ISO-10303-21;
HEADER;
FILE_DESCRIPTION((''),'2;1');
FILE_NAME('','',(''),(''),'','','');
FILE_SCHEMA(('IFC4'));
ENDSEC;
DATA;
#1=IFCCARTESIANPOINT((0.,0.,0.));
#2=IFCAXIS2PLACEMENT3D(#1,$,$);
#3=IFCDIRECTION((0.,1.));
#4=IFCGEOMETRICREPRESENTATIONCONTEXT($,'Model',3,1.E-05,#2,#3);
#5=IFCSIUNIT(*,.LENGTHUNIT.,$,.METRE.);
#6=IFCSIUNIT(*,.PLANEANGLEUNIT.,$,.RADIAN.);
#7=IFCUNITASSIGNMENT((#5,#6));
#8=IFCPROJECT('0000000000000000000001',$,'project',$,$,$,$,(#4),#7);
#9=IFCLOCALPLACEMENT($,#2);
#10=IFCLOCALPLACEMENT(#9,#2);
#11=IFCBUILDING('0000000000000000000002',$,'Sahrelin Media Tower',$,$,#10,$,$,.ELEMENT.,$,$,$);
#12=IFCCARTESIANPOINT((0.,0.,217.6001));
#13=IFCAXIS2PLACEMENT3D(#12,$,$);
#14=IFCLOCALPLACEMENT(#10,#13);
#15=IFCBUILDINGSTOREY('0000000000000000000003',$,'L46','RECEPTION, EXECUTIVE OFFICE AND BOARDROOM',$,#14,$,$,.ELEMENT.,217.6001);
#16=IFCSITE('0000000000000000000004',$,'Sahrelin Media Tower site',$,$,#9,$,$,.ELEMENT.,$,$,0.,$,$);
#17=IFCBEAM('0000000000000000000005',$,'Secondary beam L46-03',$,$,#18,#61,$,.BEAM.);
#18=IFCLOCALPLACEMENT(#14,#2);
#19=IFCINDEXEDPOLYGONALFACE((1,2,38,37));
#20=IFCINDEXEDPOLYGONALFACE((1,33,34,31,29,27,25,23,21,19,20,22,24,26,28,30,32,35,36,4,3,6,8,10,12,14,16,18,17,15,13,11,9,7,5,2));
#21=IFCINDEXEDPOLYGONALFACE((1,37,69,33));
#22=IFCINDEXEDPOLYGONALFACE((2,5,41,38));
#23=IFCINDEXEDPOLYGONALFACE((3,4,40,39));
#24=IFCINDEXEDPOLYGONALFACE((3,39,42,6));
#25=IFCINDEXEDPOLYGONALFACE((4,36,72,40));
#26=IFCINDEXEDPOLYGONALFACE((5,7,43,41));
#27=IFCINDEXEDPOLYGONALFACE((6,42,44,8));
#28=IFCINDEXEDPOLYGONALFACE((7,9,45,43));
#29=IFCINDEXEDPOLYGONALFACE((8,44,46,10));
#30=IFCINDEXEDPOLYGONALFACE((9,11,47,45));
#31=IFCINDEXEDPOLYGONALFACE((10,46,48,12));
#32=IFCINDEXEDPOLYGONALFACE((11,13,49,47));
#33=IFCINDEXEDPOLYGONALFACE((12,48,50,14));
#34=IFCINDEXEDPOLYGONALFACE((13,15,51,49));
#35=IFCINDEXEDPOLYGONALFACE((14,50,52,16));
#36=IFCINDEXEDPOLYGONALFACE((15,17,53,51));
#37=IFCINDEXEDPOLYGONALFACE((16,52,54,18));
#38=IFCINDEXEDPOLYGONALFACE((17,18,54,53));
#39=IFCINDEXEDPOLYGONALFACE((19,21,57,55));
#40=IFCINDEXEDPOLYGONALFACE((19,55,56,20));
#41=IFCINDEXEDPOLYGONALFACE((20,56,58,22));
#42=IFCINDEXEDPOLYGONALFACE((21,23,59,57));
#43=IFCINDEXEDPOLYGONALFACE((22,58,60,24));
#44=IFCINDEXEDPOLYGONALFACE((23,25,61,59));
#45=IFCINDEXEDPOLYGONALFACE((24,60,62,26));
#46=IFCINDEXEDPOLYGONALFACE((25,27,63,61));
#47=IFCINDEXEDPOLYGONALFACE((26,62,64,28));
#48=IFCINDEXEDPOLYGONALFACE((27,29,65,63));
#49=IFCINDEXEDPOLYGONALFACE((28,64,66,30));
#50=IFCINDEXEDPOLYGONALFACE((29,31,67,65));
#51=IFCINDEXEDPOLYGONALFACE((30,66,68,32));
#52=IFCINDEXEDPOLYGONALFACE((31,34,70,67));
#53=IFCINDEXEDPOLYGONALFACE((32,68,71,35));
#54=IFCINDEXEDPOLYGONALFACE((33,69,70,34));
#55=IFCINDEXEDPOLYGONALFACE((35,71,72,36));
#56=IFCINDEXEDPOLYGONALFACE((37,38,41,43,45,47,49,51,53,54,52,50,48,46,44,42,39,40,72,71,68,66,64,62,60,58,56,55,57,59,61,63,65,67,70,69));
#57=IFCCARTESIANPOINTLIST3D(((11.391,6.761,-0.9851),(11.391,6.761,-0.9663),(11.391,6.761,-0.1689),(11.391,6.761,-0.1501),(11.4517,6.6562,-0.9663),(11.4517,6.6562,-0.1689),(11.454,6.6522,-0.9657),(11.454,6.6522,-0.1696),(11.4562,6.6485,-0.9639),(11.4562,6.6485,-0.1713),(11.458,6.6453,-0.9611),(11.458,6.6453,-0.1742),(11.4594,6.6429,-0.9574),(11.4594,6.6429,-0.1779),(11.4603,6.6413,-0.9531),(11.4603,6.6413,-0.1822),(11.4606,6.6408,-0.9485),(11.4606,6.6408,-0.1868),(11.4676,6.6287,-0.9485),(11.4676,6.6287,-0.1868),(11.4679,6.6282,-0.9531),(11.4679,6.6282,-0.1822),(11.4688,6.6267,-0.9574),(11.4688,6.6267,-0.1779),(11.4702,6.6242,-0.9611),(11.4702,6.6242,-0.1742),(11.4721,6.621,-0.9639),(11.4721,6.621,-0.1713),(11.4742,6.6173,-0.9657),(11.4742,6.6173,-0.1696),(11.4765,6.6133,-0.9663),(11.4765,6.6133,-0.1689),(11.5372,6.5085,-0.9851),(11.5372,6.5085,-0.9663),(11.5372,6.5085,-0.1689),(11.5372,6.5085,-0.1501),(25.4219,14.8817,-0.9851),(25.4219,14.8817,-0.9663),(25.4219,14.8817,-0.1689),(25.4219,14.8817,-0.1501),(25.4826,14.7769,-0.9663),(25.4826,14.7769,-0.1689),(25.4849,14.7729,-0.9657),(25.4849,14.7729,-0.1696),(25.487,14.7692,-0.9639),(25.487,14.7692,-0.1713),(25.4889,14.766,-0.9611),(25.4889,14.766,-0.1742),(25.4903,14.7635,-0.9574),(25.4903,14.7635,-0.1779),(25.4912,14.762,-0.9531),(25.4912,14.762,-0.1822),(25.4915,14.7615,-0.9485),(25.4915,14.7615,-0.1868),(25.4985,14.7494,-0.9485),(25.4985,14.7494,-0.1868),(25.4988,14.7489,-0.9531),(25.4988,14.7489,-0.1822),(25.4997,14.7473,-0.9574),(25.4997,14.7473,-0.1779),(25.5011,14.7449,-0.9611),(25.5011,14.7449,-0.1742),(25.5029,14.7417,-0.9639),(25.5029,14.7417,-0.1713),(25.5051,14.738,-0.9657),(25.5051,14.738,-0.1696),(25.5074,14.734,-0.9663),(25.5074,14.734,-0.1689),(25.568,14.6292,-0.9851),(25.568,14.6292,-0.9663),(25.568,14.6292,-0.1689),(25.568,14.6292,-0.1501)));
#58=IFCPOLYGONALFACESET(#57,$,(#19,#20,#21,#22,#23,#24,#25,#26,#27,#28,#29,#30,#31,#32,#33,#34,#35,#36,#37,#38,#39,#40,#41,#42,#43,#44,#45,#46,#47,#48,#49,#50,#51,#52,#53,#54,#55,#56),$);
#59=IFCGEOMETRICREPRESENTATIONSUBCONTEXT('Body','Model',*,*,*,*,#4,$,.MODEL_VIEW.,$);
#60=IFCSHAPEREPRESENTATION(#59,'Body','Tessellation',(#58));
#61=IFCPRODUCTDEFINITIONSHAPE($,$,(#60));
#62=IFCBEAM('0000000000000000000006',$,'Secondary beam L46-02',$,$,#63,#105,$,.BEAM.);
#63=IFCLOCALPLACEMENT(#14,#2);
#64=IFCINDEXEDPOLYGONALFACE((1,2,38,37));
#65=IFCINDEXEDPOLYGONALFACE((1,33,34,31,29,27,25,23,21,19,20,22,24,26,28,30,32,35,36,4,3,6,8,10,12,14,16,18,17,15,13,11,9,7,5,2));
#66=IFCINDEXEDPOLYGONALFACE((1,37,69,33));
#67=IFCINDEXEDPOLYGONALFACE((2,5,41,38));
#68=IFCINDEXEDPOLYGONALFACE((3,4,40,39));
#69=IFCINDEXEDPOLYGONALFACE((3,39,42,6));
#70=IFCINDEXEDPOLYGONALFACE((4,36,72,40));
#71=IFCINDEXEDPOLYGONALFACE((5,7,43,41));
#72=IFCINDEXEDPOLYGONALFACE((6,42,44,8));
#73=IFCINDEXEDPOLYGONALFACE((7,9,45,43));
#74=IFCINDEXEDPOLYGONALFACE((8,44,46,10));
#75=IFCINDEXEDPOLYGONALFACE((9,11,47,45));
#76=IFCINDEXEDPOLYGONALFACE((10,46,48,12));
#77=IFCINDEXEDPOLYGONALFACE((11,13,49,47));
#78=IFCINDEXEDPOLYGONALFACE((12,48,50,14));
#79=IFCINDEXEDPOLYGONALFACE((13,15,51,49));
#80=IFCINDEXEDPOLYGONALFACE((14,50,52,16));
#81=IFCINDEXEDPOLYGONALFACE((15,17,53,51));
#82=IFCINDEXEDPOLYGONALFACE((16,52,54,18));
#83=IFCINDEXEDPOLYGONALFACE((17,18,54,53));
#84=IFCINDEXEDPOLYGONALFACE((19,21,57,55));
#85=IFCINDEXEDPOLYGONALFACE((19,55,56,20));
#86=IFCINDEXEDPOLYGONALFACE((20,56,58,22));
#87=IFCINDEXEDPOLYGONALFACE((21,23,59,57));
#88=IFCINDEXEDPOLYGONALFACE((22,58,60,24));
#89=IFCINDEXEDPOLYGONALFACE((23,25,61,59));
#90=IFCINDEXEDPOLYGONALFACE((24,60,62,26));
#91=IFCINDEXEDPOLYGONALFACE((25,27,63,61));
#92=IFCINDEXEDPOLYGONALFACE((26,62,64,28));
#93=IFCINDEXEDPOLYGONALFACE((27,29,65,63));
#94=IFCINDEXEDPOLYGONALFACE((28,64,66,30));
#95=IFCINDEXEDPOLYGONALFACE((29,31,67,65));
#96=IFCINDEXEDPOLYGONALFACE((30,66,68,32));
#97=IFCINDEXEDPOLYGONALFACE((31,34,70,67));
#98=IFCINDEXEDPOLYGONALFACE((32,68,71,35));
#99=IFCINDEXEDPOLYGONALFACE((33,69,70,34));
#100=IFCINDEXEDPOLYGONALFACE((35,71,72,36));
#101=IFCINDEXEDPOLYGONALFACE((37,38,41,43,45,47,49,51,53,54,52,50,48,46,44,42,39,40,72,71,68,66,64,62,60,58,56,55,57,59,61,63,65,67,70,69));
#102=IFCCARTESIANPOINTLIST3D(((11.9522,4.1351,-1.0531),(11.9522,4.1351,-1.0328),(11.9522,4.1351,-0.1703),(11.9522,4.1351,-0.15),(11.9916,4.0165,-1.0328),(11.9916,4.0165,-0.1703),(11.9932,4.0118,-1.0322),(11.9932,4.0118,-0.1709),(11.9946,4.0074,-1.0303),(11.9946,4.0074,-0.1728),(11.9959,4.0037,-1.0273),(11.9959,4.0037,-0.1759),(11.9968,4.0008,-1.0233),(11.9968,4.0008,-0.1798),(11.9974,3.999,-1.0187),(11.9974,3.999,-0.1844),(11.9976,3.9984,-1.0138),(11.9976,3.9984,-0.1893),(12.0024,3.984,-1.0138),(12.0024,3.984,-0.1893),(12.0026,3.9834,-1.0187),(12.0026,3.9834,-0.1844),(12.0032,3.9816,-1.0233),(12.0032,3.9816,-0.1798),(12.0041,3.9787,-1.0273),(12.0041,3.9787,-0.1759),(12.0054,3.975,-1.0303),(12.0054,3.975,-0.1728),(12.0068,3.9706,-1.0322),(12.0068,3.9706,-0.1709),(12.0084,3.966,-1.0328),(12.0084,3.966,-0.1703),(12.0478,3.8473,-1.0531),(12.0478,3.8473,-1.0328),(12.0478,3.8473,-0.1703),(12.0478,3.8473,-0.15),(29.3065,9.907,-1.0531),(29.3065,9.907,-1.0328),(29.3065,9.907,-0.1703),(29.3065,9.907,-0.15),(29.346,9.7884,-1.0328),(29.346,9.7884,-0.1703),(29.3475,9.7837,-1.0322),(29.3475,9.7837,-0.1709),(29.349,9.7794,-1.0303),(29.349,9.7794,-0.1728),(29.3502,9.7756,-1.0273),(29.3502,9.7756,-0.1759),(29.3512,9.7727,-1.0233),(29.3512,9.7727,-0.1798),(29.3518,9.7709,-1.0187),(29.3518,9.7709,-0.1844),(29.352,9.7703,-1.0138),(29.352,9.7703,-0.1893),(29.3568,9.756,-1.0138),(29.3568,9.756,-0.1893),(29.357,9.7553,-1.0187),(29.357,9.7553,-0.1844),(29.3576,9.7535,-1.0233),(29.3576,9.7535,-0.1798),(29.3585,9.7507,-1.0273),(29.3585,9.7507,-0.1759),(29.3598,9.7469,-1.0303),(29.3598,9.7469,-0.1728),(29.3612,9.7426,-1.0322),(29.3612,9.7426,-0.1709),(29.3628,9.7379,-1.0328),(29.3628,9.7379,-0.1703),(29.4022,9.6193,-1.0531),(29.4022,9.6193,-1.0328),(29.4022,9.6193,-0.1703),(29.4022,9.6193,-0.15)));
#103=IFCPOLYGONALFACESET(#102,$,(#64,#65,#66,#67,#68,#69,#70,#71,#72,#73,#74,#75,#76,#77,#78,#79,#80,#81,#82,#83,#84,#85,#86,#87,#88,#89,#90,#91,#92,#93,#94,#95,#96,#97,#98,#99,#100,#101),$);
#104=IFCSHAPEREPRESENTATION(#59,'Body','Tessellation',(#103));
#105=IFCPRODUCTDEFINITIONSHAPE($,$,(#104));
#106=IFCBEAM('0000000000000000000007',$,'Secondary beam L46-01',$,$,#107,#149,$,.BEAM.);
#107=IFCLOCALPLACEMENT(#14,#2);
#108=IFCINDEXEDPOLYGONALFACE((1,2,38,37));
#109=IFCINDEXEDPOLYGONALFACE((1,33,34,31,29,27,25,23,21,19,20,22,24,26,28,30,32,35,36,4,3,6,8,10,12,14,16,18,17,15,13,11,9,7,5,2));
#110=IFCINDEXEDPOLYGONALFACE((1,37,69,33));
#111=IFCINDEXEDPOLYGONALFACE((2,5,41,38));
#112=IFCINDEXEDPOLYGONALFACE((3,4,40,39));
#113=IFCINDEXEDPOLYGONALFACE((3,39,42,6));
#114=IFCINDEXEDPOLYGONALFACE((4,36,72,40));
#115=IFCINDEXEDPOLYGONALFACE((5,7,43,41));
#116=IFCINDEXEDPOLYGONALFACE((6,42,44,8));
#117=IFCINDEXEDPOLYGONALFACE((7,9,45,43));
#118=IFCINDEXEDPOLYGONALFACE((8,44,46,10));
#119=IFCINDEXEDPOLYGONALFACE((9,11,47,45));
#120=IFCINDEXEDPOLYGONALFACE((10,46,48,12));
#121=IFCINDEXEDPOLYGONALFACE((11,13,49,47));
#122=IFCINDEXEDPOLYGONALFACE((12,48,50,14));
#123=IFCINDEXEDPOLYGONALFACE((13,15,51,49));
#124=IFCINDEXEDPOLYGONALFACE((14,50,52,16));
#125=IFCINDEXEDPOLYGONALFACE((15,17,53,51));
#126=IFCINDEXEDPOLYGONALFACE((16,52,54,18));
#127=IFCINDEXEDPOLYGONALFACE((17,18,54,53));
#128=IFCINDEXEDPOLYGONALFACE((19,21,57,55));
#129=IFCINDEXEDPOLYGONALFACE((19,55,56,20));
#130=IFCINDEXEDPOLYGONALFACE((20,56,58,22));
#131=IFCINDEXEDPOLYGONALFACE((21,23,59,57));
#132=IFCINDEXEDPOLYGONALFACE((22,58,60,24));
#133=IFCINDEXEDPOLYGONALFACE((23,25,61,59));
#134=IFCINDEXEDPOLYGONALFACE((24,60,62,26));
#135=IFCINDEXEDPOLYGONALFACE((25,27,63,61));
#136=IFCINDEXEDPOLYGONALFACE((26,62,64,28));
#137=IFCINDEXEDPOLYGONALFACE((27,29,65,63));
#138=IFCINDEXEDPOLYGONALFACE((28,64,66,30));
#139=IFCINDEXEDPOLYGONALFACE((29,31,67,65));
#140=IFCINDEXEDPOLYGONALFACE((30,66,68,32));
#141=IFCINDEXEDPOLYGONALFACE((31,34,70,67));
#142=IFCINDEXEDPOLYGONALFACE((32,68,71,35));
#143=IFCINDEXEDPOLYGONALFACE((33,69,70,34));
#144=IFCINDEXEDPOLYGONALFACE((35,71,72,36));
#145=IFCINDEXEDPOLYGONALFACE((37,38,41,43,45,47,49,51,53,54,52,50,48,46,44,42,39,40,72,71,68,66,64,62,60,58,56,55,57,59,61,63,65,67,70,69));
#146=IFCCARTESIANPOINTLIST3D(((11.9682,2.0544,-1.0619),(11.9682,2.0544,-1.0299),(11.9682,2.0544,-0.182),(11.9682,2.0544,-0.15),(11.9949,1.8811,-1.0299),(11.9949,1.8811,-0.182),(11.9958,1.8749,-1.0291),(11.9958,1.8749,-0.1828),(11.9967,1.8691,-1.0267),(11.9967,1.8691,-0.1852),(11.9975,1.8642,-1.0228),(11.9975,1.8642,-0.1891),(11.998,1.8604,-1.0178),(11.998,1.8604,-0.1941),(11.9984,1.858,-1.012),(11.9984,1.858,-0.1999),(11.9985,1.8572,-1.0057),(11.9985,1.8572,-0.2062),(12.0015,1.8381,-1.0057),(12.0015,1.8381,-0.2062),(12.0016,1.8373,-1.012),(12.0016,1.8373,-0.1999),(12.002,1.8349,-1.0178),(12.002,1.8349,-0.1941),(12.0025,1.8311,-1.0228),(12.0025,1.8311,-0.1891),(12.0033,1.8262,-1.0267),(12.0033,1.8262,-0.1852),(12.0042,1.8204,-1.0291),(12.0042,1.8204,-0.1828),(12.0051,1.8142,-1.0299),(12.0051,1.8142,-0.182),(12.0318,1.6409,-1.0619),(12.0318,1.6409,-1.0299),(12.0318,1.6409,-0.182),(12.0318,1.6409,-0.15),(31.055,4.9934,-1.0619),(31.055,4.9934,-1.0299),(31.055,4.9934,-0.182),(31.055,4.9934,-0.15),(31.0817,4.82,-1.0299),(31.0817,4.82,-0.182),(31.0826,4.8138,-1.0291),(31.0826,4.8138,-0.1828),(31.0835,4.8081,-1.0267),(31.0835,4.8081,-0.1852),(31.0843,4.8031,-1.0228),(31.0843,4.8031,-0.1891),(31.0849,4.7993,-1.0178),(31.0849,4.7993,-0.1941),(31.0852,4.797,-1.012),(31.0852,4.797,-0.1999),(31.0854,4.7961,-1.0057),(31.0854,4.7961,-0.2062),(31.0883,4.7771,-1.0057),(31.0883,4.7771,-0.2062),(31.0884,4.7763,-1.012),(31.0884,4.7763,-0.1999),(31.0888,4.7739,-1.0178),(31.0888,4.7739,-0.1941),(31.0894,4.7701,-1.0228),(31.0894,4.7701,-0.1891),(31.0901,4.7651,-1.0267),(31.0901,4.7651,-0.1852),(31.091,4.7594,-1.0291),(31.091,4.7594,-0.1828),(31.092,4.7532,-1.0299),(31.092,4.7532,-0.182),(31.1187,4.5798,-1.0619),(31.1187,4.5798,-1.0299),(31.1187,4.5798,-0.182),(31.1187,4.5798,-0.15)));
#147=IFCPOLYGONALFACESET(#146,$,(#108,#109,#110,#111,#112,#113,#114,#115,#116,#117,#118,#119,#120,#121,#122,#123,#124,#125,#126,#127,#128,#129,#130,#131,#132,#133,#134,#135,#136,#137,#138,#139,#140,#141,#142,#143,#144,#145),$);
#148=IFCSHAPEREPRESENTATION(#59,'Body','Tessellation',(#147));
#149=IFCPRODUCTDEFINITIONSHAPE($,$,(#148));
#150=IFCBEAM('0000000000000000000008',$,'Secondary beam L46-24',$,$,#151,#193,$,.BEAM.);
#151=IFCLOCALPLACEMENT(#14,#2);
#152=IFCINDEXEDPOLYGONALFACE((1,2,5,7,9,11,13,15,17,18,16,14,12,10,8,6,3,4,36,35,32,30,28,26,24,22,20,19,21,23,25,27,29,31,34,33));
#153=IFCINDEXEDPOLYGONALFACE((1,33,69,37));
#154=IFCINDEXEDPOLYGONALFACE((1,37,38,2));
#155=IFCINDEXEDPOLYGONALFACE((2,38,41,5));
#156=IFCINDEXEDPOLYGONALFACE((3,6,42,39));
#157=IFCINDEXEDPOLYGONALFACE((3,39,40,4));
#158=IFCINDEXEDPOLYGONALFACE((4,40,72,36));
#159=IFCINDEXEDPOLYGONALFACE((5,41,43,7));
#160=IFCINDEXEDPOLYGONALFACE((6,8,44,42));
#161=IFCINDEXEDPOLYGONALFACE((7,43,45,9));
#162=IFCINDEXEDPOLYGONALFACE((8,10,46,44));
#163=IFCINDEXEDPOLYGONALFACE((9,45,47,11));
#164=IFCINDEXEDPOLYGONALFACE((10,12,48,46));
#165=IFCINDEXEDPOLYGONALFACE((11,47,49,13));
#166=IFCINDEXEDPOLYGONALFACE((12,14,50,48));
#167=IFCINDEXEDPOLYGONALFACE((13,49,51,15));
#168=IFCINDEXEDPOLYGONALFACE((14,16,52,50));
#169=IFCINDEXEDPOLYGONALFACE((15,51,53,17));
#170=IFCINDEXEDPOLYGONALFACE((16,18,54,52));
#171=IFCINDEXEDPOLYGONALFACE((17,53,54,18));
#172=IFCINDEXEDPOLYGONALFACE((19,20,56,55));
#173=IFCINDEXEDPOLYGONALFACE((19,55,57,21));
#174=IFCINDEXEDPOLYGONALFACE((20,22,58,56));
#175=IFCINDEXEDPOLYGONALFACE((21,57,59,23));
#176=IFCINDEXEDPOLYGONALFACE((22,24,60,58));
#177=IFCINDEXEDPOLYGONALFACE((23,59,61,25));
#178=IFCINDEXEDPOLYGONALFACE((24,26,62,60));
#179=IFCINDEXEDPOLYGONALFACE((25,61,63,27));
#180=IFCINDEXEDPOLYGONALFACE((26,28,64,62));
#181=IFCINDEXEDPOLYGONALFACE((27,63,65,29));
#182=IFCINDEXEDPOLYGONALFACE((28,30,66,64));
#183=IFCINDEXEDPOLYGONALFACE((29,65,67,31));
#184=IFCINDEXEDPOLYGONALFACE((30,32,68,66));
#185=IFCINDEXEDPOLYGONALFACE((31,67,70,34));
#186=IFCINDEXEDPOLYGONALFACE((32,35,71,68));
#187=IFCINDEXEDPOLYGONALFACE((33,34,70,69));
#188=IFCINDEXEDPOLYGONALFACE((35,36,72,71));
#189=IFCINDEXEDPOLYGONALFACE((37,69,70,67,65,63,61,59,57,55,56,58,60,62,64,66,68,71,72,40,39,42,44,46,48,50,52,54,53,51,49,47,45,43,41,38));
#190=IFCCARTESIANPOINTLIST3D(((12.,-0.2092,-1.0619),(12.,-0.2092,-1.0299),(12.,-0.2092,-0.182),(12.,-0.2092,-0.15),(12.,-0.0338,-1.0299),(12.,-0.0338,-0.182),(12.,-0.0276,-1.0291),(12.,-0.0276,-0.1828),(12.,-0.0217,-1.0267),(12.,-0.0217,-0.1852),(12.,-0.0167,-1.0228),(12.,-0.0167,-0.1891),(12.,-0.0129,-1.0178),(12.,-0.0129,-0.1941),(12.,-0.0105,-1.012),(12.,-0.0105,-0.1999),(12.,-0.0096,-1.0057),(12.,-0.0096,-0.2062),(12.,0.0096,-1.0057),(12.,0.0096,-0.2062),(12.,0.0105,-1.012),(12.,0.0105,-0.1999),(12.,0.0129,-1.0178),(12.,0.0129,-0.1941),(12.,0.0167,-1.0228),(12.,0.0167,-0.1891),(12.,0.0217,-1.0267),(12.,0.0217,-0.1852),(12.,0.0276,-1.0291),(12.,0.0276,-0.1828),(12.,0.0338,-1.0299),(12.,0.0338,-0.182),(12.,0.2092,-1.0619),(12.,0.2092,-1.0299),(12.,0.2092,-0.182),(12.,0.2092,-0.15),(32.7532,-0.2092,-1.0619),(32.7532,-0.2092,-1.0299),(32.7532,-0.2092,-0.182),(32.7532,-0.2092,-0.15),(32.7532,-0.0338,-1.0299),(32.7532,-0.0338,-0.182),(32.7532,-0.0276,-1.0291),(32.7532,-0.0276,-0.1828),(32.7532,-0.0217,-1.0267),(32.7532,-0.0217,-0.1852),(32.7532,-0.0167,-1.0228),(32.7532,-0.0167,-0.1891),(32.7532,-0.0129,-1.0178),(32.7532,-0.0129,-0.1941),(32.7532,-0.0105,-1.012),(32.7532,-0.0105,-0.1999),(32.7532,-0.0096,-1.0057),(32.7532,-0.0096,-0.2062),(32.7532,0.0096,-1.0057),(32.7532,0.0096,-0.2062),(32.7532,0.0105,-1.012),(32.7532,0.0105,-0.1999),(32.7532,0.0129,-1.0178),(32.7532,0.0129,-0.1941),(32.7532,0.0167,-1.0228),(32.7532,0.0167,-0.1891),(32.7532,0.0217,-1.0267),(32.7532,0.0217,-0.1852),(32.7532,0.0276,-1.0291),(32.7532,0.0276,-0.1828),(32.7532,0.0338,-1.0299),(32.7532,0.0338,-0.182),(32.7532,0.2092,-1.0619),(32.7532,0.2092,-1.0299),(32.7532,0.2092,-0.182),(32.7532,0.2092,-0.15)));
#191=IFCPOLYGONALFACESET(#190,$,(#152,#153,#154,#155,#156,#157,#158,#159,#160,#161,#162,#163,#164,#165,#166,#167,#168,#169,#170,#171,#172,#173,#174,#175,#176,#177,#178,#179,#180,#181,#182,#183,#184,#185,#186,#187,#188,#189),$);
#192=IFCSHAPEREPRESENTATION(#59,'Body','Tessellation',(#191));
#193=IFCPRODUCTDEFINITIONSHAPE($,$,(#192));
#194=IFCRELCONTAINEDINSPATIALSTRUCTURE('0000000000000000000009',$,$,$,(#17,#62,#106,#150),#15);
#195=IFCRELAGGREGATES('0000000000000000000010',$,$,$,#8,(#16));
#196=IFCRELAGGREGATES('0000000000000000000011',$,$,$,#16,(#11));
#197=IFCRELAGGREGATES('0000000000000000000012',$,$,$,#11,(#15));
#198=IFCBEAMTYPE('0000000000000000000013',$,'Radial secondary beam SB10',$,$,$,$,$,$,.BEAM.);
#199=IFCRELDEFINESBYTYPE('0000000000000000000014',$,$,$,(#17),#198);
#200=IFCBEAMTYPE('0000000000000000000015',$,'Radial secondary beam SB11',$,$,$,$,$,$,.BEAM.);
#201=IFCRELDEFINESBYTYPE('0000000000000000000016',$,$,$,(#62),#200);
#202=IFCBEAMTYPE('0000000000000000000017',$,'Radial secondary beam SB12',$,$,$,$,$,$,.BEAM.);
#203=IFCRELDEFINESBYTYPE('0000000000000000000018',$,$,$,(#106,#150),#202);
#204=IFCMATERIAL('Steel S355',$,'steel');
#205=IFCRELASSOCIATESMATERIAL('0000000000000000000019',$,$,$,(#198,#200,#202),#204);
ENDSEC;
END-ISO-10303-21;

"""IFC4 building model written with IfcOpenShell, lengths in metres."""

from ifc_helpers import new_model, si_unit, direction, frame, origin, origin_2d, place, context, subcontext, project, spatial, i_section, extrude, material, material_profile, profile_set, type_object, element, save


model = new_model("IFC4")

# Units and contexts
model_context = context("Model", 3, precision=1e-05, world=origin(), true_north=direction((0.0, 1.0)))
body_context = subcontext(model_context, "Body", "Model", "MODEL_VIEW")
ifc_project = project(units=[si_unit("LENGTHUNIT", "METRE"), si_unit("PLANEANGLEUNIT", "RADIAN")], contexts=[model_context])

# Site, building, storey
site_placement = place(None, origin())
site = spatial("IfcSite", under=ifc_project, at=site_placement, Name="Sahrelin Media Tower site", CompositionType="ELEMENT", RefElevation=0.0)
building_placement = place(site_placement, origin())
building = spatial("IfcBuilding", under=site, at=building_placement, Name="Sahrelin Media Tower", CompositionType="ELEMENT")
storey_placement = place(building_placement, frame((0.0, 0.0, 217.6001)))
storey = spatial("IfcBuildingStorey", under=building, at=storey_placement, Name="L46", Description="RECEPTION, EXECUTIVE OFFICE AND BOARDROOM", CompositionType="ELEMENT", Elevation=217.6001)

# Beams
ifc_material_1 = material(Name="Steel S355", Category="steel")
ifc_material_profile_1 = material_profile(ifc_material_1, i_section(OverallWidth=0.2917, OverallDepth=0.835, WebThickness=0.0139, FlangeThickness=0.0188, FilletRadius=0.0178, at=origin_2d()), Name="UB 838x292x176")
ifc_profile_set_1 = profile_set([ifc_material_profile_1], Name="Steel S355")
beam_type_1 = type_object("IfcBeamType", Name="Radial secondary beam SB10", PredefinedType="BEAM", material=ifc_profile_set_1)
beam_1_placement = place(storey_placement, frame((11.4641, 6.6348, -0.5676), z_axis=(0.865492, 0.500922, 0.0), x_axis=(-0.500922, 0.865492, 0.0)))
element("IfcBeam", 1, at=beam_1_placement, inside=storey, type_object=beam_type_1, Name="Secondary beam L46-03", PredefinedType="BEAM", context=body_context, shape_type="SweptSolid", body=[
    extrude(i_section(OverallWidth=0.2917, OverallDepth=0.835, WebThickness=0.0139, FlangeThickness=0.0188, FilletRadius=0.0178, at=origin_2d()), origin(), (0.0, 0.0, 1.0), 16.2114),
])
ifc_material_profile_2 = material_profile(ifc_material_1, i_section(OverallWidth=0.3032, OverallDepth=0.9031, WebThickness=0.0151, FlangeThickness=0.0203, FilletRadius=0.019, at=origin_2d()), Name="UB 914x305x201")
ifc_profile_set_2 = profile_set([ifc_material_profile_2], Name="Steel S355")
beam_type_2 = type_object("IfcBeamType", Name="Radial secondary beam SB11", PredefinedType="BEAM", material=ifc_profile_set_2)
beam_2_placement = place(storey_placement, frame((12.0, 3.9912, -0.6016), z_axis=(0.948894, 0.315595, 0.0), x_axis=(-0.315595, 0.948894, 0.0)))
element("IfcBeam", 2, at=beam_2_placement, inside=storey, type_object=beam_type_2, Name="Secondary beam L46-02", PredefinedType="BEAM", context=body_context, shape_type="SweptSolid", body=[
    extrude(i_section(OverallWidth=0.3032, OverallDepth=0.9031, WebThickness=0.0151, FlangeThickness=0.0203, FilletRadius=0.019, at=origin_2d()), origin(), (0.0, 0.0, 1.0), 18.2891),
])
ifc_material_profile_3 = material_profile(ifc_material_1, i_section(OverallWidth=0.4185, OverallDepth=0.9119, WebThickness=0.0193, FlangeThickness=0.032, FilletRadius=0.0242, at=origin_2d()), Name="UB 914x419x343")
ifc_profile_set_3 = profile_set([ifc_material_profile_3], Name="Steel S355")
beam_type_3 = type_object("IfcBeamType", Name="Radial secondary beam SB12", PredefinedType="BEAM", material=ifc_profile_set_3)
beam_3_placement = place(storey_placement, frame((12.0, 1.8477, -0.606), z_axis=(0.988352, 0.152184, 0.0), x_axis=(-0.152184, 0.988352, 0.0)))
element("IfcBeam", 3, at=beam_3_placement, inside=storey, type_object=beam_type_3, Name="Secondary beam L46-01", PredefinedType="BEAM", context=body_context, shape_type="SweptSolid", body=[
    extrude(i_section(OverallWidth=0.4185, OverallDepth=0.9119, WebThickness=0.0193, FlangeThickness=0.032, FilletRadius=0.0242, at=origin_2d()), origin(), (0.0, 0.0, 1.0), 19.3118),
])
beam_4_placement = place(storey_placement, frame((12.0, 0.0, -0.606), z_axis=(1.0, 0.0, 0.0), x_axis=(0.0, 1.0, 0.0)))
element("IfcBeam", 4, at=beam_4_placement, inside=storey, type_object=beam_type_3, Name="Secondary beam L46-24", PredefinedType="BEAM", context=body_context, shape_type="SweptSolid", body=[
    extrude(i_section(OverallWidth=0.4185, OverallDepth=0.9119, WebThickness=0.0193, FlangeThickness=0.032, FilletRadius=0.0242, at=origin_2d()), origin(), (0.0, 0.0, 1.0), 20.7532),
])

save(model, "model.ifc")
